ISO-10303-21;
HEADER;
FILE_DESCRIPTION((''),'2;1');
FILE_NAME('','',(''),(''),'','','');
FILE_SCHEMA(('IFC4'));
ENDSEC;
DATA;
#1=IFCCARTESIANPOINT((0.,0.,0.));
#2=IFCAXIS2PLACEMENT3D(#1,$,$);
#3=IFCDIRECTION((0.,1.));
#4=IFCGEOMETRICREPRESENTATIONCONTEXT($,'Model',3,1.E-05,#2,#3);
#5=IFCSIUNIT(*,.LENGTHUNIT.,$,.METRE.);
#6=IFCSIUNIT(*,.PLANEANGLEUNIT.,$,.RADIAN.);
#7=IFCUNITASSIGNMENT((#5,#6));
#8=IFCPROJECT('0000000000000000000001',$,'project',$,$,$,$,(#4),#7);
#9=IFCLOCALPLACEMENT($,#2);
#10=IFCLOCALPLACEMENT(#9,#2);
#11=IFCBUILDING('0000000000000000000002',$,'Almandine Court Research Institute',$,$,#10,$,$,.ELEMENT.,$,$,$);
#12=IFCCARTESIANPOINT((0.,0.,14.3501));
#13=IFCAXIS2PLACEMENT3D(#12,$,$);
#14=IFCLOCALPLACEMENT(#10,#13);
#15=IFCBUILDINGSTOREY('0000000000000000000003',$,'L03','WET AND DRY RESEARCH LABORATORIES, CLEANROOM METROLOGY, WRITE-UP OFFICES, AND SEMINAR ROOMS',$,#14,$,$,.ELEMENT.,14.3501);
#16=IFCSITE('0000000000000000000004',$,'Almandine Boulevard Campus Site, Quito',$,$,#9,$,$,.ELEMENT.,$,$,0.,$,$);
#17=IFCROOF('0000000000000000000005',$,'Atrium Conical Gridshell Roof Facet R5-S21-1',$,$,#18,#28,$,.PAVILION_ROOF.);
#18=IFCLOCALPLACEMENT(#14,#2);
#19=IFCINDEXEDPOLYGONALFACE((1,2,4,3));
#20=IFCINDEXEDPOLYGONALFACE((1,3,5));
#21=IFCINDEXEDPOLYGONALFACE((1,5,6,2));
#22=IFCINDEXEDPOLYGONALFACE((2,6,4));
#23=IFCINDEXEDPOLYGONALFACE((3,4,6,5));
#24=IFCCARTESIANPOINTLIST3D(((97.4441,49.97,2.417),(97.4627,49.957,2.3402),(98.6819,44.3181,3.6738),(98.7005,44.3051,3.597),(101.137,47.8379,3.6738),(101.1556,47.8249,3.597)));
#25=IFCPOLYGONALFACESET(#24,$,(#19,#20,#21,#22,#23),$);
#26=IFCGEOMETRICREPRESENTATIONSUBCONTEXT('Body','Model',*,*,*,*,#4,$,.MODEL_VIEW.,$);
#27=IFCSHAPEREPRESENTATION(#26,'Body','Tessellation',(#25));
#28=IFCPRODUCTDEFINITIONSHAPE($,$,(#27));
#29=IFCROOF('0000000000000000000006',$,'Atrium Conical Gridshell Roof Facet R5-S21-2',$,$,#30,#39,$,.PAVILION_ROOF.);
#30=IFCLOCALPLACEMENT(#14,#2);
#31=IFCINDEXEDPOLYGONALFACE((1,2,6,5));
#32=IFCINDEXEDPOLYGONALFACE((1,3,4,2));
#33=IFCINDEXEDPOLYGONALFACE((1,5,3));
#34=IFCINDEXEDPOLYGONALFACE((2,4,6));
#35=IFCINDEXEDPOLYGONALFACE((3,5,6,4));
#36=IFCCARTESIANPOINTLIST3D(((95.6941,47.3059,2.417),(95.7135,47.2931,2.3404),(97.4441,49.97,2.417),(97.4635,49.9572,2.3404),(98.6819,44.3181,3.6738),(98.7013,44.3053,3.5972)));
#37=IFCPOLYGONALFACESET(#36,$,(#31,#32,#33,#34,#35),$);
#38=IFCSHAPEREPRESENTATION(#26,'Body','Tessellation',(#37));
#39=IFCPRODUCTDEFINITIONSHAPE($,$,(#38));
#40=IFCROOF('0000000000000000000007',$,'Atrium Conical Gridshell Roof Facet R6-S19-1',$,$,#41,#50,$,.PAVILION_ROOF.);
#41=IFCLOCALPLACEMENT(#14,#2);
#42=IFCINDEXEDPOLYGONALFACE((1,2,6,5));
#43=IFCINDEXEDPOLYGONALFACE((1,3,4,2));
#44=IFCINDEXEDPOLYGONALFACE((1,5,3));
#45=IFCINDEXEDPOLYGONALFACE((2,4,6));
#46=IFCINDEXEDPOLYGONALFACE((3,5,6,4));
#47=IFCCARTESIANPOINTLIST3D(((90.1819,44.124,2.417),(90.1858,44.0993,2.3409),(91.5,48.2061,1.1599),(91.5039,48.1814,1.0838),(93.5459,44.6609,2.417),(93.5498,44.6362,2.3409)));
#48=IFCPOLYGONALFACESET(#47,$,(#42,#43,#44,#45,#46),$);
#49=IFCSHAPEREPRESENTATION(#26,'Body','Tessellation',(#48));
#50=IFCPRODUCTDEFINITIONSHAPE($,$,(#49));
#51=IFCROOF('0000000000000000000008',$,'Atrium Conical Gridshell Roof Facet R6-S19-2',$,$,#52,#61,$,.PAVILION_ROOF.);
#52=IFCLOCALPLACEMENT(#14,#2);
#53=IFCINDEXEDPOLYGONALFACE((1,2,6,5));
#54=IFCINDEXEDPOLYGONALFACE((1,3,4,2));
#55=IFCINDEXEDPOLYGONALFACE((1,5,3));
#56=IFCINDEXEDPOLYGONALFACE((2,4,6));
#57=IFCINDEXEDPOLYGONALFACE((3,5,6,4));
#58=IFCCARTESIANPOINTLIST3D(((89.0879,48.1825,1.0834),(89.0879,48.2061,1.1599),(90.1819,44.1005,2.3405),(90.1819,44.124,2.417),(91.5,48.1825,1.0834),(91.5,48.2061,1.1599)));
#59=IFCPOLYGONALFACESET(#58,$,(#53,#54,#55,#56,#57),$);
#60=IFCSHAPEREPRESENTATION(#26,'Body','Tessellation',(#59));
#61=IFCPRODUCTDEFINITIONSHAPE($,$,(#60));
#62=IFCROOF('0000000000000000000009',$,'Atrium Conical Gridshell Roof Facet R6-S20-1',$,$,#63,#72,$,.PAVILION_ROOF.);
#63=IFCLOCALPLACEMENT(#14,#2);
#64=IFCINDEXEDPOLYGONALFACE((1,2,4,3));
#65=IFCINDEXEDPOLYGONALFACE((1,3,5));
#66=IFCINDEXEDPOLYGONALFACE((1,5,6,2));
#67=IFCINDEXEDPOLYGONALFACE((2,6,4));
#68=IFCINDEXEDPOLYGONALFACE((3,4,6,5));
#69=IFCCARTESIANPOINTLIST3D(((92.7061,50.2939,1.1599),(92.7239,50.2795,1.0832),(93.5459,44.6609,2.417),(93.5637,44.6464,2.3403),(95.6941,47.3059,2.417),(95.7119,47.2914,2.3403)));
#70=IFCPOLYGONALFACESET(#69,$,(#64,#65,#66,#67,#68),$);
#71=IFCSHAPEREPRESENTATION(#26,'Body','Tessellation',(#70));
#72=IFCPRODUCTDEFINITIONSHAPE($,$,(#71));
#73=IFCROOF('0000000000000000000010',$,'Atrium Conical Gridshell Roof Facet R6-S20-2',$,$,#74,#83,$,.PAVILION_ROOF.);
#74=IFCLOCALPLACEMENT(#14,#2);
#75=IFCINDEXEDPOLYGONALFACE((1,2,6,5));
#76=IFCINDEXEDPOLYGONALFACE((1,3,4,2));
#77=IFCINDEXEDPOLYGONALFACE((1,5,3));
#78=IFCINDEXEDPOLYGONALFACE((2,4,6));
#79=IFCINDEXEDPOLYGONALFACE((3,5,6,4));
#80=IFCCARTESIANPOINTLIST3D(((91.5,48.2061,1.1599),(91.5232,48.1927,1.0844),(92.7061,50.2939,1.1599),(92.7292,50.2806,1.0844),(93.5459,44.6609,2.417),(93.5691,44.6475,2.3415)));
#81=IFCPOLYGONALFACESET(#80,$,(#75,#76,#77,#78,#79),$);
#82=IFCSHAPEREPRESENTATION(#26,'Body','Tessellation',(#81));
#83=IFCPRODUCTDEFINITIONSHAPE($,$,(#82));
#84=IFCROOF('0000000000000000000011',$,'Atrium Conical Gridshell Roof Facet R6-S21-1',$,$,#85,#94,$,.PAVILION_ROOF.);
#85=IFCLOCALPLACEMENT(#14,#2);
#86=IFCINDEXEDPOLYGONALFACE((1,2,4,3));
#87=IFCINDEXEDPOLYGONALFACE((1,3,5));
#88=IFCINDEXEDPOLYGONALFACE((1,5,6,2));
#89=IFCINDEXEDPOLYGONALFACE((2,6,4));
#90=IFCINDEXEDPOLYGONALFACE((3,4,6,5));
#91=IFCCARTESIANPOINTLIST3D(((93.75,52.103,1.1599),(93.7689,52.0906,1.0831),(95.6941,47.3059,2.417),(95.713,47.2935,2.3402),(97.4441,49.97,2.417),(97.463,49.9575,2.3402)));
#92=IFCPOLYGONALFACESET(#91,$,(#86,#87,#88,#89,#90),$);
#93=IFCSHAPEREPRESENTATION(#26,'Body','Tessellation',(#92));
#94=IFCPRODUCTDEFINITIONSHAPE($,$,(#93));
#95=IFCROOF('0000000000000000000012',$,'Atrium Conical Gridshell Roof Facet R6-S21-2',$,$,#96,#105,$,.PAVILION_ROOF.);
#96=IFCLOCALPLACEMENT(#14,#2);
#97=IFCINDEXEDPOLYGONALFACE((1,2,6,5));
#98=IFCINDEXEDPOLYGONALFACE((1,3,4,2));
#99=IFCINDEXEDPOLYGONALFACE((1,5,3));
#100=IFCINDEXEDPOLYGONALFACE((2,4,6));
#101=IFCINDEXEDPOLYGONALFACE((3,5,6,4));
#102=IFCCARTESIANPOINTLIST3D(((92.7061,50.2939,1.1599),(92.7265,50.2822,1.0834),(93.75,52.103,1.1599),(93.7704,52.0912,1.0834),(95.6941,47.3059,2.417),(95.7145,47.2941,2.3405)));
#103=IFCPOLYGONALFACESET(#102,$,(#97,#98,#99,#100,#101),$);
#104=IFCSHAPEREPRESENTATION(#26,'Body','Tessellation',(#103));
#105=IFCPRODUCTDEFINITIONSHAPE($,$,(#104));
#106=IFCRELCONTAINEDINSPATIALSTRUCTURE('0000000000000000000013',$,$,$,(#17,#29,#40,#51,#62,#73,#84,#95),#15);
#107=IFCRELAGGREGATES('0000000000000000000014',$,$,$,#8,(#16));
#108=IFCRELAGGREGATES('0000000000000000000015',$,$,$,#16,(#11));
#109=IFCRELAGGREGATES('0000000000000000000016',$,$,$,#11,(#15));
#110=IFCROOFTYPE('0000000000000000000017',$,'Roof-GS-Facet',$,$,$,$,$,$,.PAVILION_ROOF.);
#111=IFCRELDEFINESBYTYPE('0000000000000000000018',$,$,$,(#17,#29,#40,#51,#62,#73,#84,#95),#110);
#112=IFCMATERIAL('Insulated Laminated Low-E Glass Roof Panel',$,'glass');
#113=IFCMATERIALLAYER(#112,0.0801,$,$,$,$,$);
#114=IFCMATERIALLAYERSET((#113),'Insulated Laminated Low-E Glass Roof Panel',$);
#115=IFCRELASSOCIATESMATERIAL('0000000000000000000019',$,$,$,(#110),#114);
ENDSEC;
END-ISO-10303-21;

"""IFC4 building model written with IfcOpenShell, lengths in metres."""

from ifc_helpers import new_model, si_unit, direction, frame, origin, place, context, subcontext, project, spatial, polyline, outline, extrude, material, layer, layer_set, type_object, element, save


model = new_model("IFC4")

# Units and contexts
model_context = context("Model", 3, precision=1e-05, world=origin(), true_north=direction((0.0, 1.0)))
body_context = subcontext(model_context, "Body", "Model", "MODEL_VIEW")
ifc_project = project(units=[si_unit("LENGTHUNIT", "METRE"), si_unit("PLANEANGLEUNIT", "RADIAN")], contexts=[model_context])

# Site, building, storey
site_placement = place(None, origin())
site = spatial("IfcSite", under=ifc_project, at=site_placement, Name="Almandine Boulevard Campus Site, Quito", CompositionType="ELEMENT", RefElevation=0.0)
building_placement = place(site_placement, origin())
building = spatial("IfcBuilding", under=site, at=building_placement, Name="Almandine Court Research Institute", CompositionType="ELEMENT")
storey_placement = place(building_placement, frame((0.0, 0.0, 14.3501)))
storey = spatial("IfcBuildingStorey", under=building, at=storey_placement, Name="L03", Description="WET AND DRY RESEARCH LABORATORIES, CLEANROOM METROLOGY, WRITE-UP OFFICES, AND SEMINAR ROOMS", CompositionType="ELEMENT", Elevation=14.3501)

# Roofs
ifc_material_1 = material(Name="Insulated Laminated Low-E Glass Roof Panel", Category="glass")
ifc_layer_1 = layer(ifc_material_1, 0.0801)
ifc_layer_set_1 = layer_set([ifc_layer_1], Name="Insulated Laminated Low-E Glass Roof Panel")
roof_type = type_object("IfcRoofType", Name="Roof-GS-Facet", PredefinedType="PAVILION_ROOF", material=ifc_layer_set_1)
roof_1_placement = place(storey_placement, frame((98.6819, 44.3181, 3.6738), z_axis=(-0.232665, 0.162286, 0.958922), x_axis=(0.572091, 0.82019, 0.0)))
element("IfcRoof", 1, at=roof_1_placement, inside=storey, type_object=roof_type, Name="Atrium Conical Gridshell Roof Facet R5-S21-1", PredefinedType="PAVILION_ROOF", context=body_context, shape_type="SweptSolid", body=[
    extrude(outline(polyline([(0.0, 0.0), (4.2914, 0.0), (3.9275, 4.4306), (0.0, 0.0)])), origin(), (0.0, 0.0, -1.0), 0.0801),
])
roof_2_placement = place(storey_placement, frame((98.6819, 44.3181, 3.6738), z_axis=(-0.242923, 0.159574, 0.95683), x_axis=(-0.20906, 0.954585, -0.212277)))
element("IfcRoof", 2, at=roof_2_placement, inside=storey, type_object=roof_type, Name="Atrium Conical Gridshell Roof Facet R5-S21-2", PredefinedType="PAVILION_ROOF", context=body_context, shape_type="SweptSolid", body=[
    extrude(outline(polyline([(0.0, 0.0), (5.9207, 0.0), (3.7435, 2.328), (0.0, 0.0)])), origin(), (0.0, 0.0, -1.0), 0.0801),
])
roof_3_placement = place(storey_placement, frame((90.1819, 44.124, 2.417), z_axis=(-0.049224, 0.308442, 0.949969), x_axis=(0.987504, 0.157596, 0.0)))
element("IfcRoof", 3, at=roof_3_placement, inside=storey, type_object=roof_type, Name="Atrium Conical Gridshell Roof Facet R6-S19-1", PredefinedType="PAVILION_ROOF", context=body_context, shape_type="SweptSolid", body=[
    extrude(outline(polyline([(0.0, 0.0), (3.4066, 0.0), (1.945, 4.0246), (0.0, 0.0)])), origin(), (0.0, 0.0, -1.0), 0.0801),
])
roof_4_placement = place(storey_placement, frame((90.1819, 44.124, 2.417), z_axis=(0.0, 0.294315, 0.955709), x_axis=(0.294882, 0.913212, -0.281228)))
element("IfcRoof", 4, at=roof_4_placement, inside=storey, type_object=roof_type, Name="Atrium Conical Gridshell Roof Facet R6-S19-2", PredefinedType="PAVILION_ROOF", context=body_context, shape_type="SweptSolid", body=[
    extrude(outline(polyline([(0.0, 0.0), (4.47, 0.0), (3.7587, 2.3049), (0.0, 0.0)])), origin(), (0.0, 0.0, -1.0), 0.0801),
])
roof_5_placement = place(storey_placement, frame((93.5459, 44.6609, 2.417), z_axis=(-0.222421, 0.180643, 0.958069), x_axis=(0.630436, 0.776241, 0.0)))
element("IfcRoof", 5, at=roof_5_placement, inside=storey, type_object=roof_type, Name="Atrium Conical Gridshell Roof Facet R6-S20-1", PredefinedType="PAVILION_ROOF", context=body_context, shape_type="SweptSolid", body=[
    extrude(outline(polyline([(0.0, 0.0), (3.4075, 0.0), (3.8431, 4.3872), (0.0, 0.0)])), origin(), (0.0, 0.0, -1.0), 0.0801),
])
roof_6_placement = place(storey_placement, frame((93.5459, 44.6609, 2.417), z_axis=(-0.289415, 0.167178, 0.942492), x_axis=(-0.143996, 0.965821, -0.215534)))
element("IfcRoof", 6, at=roof_6_placement, inside=storey, type_object=roof_type, Name="Atrium Conical Gridshell Roof Facet R6-S20-2", PredefinedType="PAVILION_ROOF", context=body_context, shape_type="SweptSolid", body=[
    extrude(outline(polyline([(0.0, 0.0), (5.8324, 0.0), (3.9895, 1.5549), (0.0, 0.0)])), origin(), (0.0, 0.0, -1.0), 0.0801),
])
roof_7_placement = place(storey_placement, frame((95.6941, 47.3059, 2.417), z_axis=(-0.236621, 0.155434, 0.959088), x_axis=(0.549031, 0.835802, 0.0)))
element("IfcRoof", 7, at=roof_7_placement, inside=storey, type_object=roof_type, Name="Atrium Conical Gridshell Roof Facet R6-S21-1", PredefinedType="PAVILION_ROOF", context=body_context, shape_type="SweptSolid", body=[
    extrude(outline(polyline([(0.0, 0.0), (3.1874, 0.0), (2.9421, 4.4403), (0.0, 0.0)])), origin(), (0.0, 0.0, -1.0), 0.0801),
])
roof_8_placement = place(storey_placement, frame((95.6941, 47.3059, 2.417), z_axis=(-0.254947, 0.147119, 0.955698), x_axis=(-0.364982, 0.900606, -0.236003)))
element("IfcRoof", 8, at=roof_8_placement, inside=storey, type_object=roof_type, Name="Atrium Conical Gridshell Roof Facet R6-S21-2", PredefinedType="PAVILION_ROOF", context=body_context, shape_type="SweptSolid", body=[
    extrude(outline(polyline([(0.0, 0.0), (5.3265, 0.0), (4.0783, 1.6747), (0.0, 0.0)])), origin(), (0.0, 0.0, -1.0), 0.0801),
])

save(model, "model.ifc")
